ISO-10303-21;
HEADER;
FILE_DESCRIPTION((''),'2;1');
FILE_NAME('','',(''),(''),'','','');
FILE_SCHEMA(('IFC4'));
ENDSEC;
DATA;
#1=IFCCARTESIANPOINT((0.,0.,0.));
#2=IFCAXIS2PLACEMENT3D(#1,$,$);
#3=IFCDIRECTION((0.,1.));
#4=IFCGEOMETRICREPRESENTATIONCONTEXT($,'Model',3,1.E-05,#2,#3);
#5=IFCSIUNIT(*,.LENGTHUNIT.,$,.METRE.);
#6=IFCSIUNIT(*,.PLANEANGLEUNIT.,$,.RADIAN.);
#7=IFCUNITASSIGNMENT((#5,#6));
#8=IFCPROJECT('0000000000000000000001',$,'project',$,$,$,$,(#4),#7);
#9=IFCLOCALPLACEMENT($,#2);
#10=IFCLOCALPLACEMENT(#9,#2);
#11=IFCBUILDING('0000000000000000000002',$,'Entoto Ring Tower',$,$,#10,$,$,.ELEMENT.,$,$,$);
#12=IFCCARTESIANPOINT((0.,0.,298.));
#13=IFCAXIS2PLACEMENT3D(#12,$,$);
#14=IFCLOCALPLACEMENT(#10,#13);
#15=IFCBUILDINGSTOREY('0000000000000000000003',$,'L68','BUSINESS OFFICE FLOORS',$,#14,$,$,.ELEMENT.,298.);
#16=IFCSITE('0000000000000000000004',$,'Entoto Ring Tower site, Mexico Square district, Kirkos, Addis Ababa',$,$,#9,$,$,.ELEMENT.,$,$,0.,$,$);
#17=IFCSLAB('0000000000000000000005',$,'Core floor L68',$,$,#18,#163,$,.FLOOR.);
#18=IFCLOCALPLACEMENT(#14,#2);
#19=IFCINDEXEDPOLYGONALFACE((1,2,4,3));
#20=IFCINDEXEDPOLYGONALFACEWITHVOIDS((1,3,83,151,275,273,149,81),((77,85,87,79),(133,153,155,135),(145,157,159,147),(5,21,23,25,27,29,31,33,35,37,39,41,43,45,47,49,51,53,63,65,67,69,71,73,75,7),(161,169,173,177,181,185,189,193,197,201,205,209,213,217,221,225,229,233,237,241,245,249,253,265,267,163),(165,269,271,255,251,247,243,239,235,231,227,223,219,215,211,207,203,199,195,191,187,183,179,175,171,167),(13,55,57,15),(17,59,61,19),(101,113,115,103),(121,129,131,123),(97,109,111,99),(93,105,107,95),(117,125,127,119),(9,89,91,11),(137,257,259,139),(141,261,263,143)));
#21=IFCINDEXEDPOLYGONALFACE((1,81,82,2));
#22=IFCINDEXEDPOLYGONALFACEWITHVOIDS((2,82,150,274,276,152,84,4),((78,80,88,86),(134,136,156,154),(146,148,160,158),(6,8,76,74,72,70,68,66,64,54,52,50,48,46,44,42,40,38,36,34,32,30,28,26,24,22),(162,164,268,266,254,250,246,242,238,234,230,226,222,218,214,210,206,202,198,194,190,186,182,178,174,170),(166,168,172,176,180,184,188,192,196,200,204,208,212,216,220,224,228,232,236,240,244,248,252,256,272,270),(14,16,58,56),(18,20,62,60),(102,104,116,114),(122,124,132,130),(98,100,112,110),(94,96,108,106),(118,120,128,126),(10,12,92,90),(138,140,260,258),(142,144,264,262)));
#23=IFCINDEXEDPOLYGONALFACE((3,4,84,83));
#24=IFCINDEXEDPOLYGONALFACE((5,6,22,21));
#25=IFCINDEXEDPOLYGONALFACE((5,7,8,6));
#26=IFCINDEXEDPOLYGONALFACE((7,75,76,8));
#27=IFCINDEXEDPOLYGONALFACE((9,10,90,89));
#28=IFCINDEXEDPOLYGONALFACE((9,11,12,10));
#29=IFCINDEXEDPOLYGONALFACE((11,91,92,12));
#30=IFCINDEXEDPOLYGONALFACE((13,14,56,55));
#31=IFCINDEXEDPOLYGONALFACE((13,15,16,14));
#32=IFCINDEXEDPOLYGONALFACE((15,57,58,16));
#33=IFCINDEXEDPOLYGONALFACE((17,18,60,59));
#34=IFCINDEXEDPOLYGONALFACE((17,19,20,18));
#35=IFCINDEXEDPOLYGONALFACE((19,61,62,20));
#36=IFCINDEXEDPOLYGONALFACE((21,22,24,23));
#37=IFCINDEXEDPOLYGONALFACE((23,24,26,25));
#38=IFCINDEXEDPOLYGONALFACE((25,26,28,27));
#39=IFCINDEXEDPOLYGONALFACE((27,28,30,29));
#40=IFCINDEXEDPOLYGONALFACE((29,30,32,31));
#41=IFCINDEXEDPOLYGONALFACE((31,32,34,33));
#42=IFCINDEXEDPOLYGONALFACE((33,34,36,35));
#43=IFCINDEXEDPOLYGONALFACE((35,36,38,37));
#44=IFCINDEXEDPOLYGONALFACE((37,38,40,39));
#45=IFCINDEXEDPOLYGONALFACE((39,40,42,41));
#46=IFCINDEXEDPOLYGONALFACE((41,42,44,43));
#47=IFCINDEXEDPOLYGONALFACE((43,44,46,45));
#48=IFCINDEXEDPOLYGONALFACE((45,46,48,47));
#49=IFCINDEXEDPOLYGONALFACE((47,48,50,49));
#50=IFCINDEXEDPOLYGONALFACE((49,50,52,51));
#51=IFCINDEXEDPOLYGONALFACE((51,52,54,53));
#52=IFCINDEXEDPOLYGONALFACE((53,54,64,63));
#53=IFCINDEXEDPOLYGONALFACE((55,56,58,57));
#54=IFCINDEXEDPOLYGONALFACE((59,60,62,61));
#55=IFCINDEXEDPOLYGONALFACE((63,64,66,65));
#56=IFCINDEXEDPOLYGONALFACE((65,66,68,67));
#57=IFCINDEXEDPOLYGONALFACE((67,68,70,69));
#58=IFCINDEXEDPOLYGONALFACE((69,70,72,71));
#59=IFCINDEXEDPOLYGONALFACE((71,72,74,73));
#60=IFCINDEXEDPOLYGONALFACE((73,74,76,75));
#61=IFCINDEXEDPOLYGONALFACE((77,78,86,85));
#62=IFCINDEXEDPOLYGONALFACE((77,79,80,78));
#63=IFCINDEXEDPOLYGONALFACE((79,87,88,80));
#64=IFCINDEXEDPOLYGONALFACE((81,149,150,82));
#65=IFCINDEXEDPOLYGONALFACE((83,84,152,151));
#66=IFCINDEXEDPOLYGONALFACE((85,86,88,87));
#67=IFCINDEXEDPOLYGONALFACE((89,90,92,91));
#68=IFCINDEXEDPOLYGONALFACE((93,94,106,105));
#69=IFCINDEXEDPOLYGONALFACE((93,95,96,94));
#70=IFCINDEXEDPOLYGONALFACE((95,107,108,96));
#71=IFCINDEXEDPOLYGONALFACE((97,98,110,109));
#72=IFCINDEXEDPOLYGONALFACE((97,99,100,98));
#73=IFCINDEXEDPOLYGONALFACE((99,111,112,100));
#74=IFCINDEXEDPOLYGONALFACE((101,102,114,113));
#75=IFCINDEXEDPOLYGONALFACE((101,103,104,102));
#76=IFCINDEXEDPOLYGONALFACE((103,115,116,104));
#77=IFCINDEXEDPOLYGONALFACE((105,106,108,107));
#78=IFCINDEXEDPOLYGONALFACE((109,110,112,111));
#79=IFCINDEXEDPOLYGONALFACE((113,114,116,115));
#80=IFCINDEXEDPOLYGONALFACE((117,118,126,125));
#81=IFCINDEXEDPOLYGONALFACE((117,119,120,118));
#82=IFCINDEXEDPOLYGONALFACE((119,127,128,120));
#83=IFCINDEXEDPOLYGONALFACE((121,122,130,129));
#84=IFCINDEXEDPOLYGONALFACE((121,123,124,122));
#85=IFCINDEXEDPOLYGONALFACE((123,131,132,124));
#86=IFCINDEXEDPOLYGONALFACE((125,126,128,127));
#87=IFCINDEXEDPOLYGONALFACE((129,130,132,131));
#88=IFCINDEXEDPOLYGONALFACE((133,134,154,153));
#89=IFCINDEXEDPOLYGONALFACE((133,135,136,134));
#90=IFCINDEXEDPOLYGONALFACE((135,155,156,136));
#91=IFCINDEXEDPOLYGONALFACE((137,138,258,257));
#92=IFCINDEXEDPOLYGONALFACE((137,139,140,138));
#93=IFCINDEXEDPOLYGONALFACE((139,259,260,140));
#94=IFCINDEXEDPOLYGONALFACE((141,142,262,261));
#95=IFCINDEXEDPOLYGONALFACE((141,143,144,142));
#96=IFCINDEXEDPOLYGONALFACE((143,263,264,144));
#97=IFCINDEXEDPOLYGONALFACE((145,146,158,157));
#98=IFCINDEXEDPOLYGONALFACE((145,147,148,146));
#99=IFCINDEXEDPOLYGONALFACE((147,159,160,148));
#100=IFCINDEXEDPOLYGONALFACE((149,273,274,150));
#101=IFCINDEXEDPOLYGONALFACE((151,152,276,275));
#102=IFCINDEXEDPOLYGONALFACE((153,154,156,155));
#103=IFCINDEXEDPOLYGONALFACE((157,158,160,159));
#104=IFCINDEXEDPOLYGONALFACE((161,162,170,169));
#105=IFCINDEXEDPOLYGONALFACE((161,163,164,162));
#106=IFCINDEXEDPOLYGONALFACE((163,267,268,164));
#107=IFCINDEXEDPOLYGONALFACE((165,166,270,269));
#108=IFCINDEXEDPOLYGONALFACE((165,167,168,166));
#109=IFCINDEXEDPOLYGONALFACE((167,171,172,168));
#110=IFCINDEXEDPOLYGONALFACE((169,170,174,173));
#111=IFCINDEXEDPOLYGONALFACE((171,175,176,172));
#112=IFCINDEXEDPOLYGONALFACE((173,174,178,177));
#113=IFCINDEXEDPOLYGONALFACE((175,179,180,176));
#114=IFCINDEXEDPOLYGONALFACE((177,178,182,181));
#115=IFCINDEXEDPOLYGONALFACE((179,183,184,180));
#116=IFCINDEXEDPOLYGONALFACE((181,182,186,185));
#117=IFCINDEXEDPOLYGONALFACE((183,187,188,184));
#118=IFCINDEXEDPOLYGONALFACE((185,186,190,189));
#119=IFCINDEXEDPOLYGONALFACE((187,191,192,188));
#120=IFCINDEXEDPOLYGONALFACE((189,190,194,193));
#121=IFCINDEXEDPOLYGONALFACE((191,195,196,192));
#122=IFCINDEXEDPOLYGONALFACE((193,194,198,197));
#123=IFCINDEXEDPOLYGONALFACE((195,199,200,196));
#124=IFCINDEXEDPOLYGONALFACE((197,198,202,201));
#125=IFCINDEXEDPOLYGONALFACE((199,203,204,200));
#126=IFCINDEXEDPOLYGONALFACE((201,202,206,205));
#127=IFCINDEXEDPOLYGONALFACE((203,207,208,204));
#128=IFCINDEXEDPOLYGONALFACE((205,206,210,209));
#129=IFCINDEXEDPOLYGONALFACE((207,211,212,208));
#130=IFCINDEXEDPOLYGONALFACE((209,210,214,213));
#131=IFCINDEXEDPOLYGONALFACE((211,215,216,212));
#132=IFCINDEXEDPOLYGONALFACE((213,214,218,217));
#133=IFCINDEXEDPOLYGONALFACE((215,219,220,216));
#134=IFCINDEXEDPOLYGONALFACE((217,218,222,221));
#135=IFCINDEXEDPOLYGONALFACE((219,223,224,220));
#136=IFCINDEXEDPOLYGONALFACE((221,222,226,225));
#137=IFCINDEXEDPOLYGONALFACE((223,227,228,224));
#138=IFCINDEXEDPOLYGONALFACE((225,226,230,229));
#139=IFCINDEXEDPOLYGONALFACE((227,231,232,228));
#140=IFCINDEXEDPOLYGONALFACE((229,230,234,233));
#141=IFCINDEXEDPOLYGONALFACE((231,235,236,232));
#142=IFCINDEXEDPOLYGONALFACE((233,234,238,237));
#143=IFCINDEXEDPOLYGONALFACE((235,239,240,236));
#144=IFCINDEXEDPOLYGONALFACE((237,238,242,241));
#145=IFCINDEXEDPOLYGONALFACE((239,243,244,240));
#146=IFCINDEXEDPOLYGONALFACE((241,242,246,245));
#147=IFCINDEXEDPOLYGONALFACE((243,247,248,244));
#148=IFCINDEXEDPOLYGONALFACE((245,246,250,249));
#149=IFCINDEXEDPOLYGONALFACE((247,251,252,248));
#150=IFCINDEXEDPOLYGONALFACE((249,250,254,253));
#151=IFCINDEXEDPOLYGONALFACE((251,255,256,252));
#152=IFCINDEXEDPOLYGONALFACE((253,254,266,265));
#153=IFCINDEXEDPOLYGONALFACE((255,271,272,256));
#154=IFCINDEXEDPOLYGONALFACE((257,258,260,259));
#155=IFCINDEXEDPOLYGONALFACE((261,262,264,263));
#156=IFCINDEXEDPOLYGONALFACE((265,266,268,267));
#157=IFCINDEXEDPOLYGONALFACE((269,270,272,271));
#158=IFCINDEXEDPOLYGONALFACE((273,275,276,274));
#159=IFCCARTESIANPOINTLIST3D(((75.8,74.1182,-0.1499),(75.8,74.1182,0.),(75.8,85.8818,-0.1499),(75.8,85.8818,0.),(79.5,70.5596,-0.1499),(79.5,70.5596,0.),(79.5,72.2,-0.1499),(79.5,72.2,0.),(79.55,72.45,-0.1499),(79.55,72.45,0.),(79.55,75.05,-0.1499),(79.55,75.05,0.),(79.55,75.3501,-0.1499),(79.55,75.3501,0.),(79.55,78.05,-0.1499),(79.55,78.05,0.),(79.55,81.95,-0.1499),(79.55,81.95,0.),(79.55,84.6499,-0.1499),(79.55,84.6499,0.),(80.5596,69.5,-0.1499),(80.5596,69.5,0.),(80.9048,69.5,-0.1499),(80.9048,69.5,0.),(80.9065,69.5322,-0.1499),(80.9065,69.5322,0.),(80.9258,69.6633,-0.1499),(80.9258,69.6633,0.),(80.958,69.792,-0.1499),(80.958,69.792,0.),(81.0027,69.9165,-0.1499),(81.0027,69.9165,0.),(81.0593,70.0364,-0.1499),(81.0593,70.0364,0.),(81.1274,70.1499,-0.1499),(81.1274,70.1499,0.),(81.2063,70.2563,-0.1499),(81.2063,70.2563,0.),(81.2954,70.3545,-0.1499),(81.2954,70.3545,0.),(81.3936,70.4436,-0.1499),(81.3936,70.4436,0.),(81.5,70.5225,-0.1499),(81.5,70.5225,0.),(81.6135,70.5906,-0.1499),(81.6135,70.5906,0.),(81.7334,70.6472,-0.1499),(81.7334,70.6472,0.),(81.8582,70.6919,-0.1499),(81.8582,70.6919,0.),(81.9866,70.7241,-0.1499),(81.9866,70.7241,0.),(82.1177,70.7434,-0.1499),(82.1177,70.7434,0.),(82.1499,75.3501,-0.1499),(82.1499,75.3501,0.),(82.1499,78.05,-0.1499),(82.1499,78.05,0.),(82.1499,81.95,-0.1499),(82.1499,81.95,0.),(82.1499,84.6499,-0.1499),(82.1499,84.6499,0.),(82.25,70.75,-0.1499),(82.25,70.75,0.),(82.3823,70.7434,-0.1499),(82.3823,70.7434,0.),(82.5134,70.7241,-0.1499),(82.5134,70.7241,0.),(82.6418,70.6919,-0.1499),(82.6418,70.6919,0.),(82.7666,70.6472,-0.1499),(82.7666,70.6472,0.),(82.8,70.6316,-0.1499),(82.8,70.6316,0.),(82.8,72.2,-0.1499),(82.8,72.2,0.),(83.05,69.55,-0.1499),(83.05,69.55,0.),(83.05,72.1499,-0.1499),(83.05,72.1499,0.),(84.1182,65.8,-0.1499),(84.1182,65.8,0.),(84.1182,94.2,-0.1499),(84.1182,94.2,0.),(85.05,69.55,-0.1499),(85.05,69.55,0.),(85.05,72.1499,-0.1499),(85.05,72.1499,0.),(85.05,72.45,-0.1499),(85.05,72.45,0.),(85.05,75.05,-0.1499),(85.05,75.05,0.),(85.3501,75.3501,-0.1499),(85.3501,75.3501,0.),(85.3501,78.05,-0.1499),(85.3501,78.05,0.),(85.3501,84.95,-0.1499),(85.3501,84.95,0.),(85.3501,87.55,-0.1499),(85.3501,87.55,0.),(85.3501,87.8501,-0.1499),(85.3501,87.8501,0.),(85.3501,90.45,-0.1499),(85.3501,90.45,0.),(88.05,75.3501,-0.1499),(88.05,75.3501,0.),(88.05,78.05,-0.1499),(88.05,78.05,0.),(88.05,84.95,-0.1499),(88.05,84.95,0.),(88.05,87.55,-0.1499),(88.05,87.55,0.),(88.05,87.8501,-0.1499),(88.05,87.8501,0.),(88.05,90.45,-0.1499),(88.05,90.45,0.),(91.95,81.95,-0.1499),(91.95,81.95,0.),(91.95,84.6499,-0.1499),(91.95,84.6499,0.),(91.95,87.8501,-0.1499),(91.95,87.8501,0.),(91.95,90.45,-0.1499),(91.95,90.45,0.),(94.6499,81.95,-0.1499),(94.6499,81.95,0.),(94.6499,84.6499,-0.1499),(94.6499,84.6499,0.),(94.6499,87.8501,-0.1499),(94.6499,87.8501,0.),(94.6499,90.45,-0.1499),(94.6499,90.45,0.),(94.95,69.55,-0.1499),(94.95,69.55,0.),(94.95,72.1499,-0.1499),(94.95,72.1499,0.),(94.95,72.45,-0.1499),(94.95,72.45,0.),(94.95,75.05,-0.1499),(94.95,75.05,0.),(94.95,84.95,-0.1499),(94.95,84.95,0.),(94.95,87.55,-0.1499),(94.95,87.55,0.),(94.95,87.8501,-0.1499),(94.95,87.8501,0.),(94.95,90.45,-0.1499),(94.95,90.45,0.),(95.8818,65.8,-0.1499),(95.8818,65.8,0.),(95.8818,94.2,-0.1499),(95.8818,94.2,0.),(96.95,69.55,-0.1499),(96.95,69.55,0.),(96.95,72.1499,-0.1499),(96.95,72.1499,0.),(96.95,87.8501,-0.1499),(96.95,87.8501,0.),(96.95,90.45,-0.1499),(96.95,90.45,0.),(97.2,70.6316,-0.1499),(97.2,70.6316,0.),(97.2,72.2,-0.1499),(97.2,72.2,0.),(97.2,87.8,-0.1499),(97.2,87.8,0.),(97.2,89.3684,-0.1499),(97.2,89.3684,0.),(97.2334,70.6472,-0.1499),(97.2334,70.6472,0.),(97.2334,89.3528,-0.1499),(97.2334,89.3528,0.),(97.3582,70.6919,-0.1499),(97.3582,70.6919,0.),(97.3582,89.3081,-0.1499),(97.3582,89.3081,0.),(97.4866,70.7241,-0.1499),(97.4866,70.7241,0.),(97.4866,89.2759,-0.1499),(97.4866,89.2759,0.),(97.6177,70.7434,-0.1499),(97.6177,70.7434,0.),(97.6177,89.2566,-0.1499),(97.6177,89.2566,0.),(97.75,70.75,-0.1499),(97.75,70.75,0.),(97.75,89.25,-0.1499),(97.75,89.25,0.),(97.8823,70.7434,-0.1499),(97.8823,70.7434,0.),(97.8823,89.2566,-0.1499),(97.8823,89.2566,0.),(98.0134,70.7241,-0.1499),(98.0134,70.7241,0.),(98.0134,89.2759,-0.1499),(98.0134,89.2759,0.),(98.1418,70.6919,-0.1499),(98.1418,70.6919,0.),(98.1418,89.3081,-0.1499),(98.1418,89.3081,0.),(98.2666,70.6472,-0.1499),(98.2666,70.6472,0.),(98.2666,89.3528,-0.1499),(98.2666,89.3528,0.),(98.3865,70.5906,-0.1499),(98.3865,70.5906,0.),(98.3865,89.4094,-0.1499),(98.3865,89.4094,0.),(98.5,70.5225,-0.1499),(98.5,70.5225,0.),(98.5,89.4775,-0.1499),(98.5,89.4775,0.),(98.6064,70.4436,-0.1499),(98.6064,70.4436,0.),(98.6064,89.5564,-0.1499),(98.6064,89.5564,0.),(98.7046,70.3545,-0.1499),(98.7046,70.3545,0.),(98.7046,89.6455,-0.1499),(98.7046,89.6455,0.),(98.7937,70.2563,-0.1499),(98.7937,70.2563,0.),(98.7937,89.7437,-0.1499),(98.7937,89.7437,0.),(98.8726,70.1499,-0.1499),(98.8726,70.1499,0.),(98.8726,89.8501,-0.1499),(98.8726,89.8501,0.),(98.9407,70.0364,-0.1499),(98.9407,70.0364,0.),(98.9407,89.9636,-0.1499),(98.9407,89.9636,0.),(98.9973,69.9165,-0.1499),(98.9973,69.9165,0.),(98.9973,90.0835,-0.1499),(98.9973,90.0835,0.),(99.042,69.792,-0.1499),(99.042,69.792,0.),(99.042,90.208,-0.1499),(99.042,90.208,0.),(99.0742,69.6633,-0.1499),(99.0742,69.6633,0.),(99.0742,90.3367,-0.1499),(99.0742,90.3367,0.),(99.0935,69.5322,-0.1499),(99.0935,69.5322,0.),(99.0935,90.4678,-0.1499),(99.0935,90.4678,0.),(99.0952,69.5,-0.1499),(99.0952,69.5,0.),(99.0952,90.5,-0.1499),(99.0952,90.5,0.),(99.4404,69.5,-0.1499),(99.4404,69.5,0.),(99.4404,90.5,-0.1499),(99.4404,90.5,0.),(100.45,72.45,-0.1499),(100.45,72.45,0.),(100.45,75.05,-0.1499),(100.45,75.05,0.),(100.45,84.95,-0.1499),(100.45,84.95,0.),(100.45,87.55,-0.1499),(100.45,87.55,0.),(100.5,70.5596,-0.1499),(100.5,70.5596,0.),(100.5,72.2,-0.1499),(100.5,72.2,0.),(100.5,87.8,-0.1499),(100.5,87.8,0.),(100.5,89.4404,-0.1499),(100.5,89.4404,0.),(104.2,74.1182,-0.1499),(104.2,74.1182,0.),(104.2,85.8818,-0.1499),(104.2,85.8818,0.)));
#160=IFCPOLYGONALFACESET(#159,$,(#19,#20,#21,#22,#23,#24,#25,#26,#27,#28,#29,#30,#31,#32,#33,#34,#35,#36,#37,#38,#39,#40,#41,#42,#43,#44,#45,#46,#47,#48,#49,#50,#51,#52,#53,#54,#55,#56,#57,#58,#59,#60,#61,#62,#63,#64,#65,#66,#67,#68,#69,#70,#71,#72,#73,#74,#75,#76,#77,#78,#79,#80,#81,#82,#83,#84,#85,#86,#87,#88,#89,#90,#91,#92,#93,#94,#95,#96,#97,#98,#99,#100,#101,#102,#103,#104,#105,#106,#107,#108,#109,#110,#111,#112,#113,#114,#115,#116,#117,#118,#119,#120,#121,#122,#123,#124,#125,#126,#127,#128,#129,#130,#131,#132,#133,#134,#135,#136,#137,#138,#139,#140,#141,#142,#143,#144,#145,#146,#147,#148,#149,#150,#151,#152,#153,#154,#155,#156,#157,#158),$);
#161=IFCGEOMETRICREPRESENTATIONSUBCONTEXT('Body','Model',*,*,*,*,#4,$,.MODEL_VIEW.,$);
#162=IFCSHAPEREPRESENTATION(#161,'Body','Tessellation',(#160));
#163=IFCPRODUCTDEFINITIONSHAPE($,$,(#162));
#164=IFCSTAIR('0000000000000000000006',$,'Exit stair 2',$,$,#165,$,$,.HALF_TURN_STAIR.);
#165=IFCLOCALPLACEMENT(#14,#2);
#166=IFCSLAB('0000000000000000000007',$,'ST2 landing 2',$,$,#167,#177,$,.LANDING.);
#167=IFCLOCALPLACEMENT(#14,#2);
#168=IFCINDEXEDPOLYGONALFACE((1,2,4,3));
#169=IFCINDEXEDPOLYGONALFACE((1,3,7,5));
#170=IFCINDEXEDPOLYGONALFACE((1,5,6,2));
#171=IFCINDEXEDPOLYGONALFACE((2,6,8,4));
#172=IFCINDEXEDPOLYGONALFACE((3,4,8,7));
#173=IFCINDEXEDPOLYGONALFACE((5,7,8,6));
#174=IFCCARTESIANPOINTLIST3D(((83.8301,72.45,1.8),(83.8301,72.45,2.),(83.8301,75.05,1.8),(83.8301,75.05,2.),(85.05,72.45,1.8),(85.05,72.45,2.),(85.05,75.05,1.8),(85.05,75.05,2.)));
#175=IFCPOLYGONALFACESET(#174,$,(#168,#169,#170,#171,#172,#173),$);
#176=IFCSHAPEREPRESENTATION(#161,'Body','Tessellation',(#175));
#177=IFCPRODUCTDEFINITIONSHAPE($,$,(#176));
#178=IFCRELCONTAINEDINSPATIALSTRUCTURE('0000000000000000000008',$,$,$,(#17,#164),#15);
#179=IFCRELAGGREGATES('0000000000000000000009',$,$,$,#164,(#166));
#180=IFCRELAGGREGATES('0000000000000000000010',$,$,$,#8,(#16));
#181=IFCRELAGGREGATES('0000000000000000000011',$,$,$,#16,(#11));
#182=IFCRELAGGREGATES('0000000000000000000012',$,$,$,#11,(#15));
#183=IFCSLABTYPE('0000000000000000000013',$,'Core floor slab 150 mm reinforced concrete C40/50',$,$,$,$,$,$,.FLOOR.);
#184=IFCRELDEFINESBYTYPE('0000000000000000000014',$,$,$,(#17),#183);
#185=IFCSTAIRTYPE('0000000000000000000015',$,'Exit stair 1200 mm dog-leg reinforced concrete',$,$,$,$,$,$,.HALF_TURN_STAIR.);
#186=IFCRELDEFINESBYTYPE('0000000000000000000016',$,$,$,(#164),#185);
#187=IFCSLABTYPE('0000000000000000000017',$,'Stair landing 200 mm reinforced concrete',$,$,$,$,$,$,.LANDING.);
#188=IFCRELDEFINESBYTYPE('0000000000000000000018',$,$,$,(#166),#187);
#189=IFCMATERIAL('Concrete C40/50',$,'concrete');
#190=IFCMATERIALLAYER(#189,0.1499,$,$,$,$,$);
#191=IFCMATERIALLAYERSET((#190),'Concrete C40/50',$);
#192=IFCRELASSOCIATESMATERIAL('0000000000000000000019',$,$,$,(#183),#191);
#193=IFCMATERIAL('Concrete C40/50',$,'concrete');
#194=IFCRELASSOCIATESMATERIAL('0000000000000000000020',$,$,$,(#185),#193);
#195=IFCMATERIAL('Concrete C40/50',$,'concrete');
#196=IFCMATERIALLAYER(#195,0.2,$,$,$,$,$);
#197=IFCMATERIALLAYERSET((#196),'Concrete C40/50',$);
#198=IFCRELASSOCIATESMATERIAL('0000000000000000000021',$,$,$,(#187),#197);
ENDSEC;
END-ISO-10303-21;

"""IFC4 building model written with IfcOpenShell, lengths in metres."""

from ifc_helpers import new_model, si_unit, direction, frame, origin, place, context, subcontext, project, spatial, polyline, outline, extrude, material, layer, layer_set, type_object, element, aggregate, save


model = new_model("IFC4")

# Units and contexts
model_context = context("Model", 3, precision=1e-05, world=origin(), true_north=direction((0.0, 1.0)))
body_context = subcontext(model_context, "Body", "Model", "MODEL_VIEW")
ifc_project = project(units=[si_unit("LENGTHUNIT", "METRE"), si_unit("PLANEANGLEUNIT", "RADIAN")], contexts=[model_context])

# Site, building, storey
site_placement = place(None, origin())
site = spatial("IfcSite", under=ifc_project, at=site_placement, Name="Entoto Ring Tower site, Mexico Square district, Kirkos, Addis Ababa", CompositionType="ELEMENT", RefElevation=0.0)
building_placement = place(site_placement, origin())
building = spatial("IfcBuilding", under=site, at=building_placement, Name="Entoto Ring Tower", CompositionType="ELEMENT")
storey_placement = place(building_placement, frame((0.0, 0.0, 298.0)))
storey = spatial("IfcBuildingStorey", under=building, at=storey_placement, Name="L68", Description="BUSINESS OFFICE FLOORS", CompositionType="ELEMENT", Elevation=298.0)

# Slab
ifc_material_1 = material(Name="Concrete C40/50", Category="concrete")
ifc_layer_1 = layer(ifc_material_1, 0.1499)
ifc_layer_set_1 = layer_set([ifc_layer_1], Name="Concrete C40/50")
slab_type_1 = type_object("IfcSlabType", Name="Core floor slab 150 mm reinforced concrete C40/50", PredefinedType="FLOOR", material=ifc_layer_set_1)
slab_1_placement = place(storey_placement, frame((0.0, 0.0, -0.1499)))
element("IfcSlab", 1, at=slab_1_placement, inside=storey, type_object=slab_type_1, Name="Core floor L68", PredefinedType="FLOOR", context=body_context, shape_type="SweptSolid", body=[
    extrude(outline(polyline([(104.2, 74.1182), (104.2, 85.8818), (95.8818, 94.2), (84.1182, 94.2), (75.8, 85.8818), (75.8, 74.1182), (84.1182, 65.8), (95.8818, 65.8), (104.2, 74.1182)]), holes=[polyline([(100.45, 84.95), (100.45, 87.55), (94.95, 87.55), (94.95, 84.95), (100.45, 84.95)]), polyline([(85.05, 72.45), (85.05, 75.05), (79.55, 75.05), (79.55, 72.45), (85.05, 72.45)]), polyline([(100.45, 72.45), (100.45, 75.05), (94.95, 75.05), (94.95, 72.45), (100.45, 72.45)]), polyline([(94.95, 90.45), (94.95, 87.8501), (96.95, 87.8501), (96.95, 90.45), (94.95, 90.45)]), polyline([(94.95, 72.1499), (94.95, 69.55), (96.95, 69.55), (96.95, 72.1499), (94.95, 72.1499)]), polyline([(83.05, 72.1499), (83.05, 69.55), (85.05, 69.55), (85.05, 72.1499), (83.05, 72.1499)]), polyline([(79.55, 81.95), (82.1499, 81.95), (82.1499, 84.6499), (79.55, 84.6499), (79.55, 81.95)]), polyline([(79.55, 75.3501), (82.1499, 75.3501), (82.1499, 78.05), (79.55, 78.05), (79.55, 75.3501)]), polyline([(91.95, 87.8501), (94.6499, 87.8501), (94.6499, 90.45), (91.95, 90.45), (91.95, 87.8501)]), polyline([(91.95, 81.95), (94.6499, 81.95), (94.6499, 84.6499), (91.95, 84.6499), (91.95, 81.95)]), polyline([(85.3501, 75.3501), (88.05, 75.3501), (88.05, 78.05), (85.3501, 78.05), (85.3501, 75.3501)]), polyline([(85.3501, 84.95), (88.05, 84.95), (88.05, 87.55), (85.3501, 87.55), (85.3501, 84.95)]), polyline([(85.3501, 87.8501), (88.05, 87.8501), (88.05, 90.45), (85.3501, 90.45), (85.3501, 87.8501)]), polyline([(97.2, 89.3684), (97.2, 87.8), (100.5, 87.8), (100.5, 89.4404), (99.4404, 90.5), (99.0952, 90.5), (99.0935, 90.4678), (99.0742, 90.3367), (99.042, 90.208), (98.9973, 90.0835), (98.9407, 89.9636), (98.8726, 89.8501), (98.7937, 89.7437), (98.7046, 89.6455), (98.6064, 89.5564), (98.5, 89.4775), (98.3865, 89.4094), (98.2666, 89.3528), (98.1418, 89.3081), (98.0134, 89.2759), (97.8823, 89.2566), (97.75, 89.25), (97.6177, 89.2566), (97.4866, 89.2759), (97.3582, 89.3081), (97.2334, 89.3528), (97.2, 89.3684)]), polyline([(80.5596, 69.5), (80.9048, 69.5), (80.9065, 69.5322), (80.9258, 69.6633), (80.958, 69.792), (81.0027, 69.9165), (81.0593, 70.0364), (81.1274, 70.1499), (81.2063, 70.2563), (81.2954, 70.3545), (81.3936, 70.4436), (81.5, 70.5225), (81.6135, 70.5906), (81.7334, 70.6472), (81.8582, 70.6919), (81.9866, 70.7241), (82.1177, 70.7434), (82.25, 70.75), (82.3823, 70.7434), (82.5134, 70.7241), (82.6418, 70.6919), (82.7666, 70.6472), (82.8, 70.6316), (82.8, 72.2), (79.5, 72.2), (79.5, 70.5596), (80.5596, 69.5)]), polyline([(99.0952, 69.5), (99.4404, 69.5), (100.5, 70.5596), (100.5, 72.2), (97.2, 72.2), (97.2, 70.6316), (97.2334, 70.6472), (97.3582, 70.6919), (97.4866, 70.7241), (97.6177, 70.7434), (97.75, 70.75), (97.8823, 70.7434), (98.0134, 70.7241), (98.1418, 70.6919), (98.2666, 70.6472), (98.3865, 70.5906), (98.5, 70.5225), (98.6064, 70.4436), (98.7046, 70.3545), (98.7937, 70.2563), (98.8726, 70.1499), (98.9407, 70.0364), (98.9973, 69.9165), (99.042, 69.792), (99.0742, 69.6633), (99.0935, 69.5322), (99.0952, 69.5)])]), origin(), (0.0, 0.0, 1.0), 0.1499),
])

# Stair, slab
ifc_material_2 = material(Name="Concrete C40/50", Category="concrete")
stair_type = type_object("IfcStairType", Name="Exit stair 1200 mm dog-leg reinforced concrete", PredefinedType="HALF_TURN_STAIR", material=ifc_material_2)
stair_1_placement = place(storey_placement, origin())
stair_1 = element("IfcStair", 2, at=stair_1_placement, inside=storey, type_object=stair_type, Name="Exit stair 2", PredefinedType="HALF_TURN_STAIR")
ifc_material_3 = material(Name="Concrete C40/50", Category="concrete")
ifc_layer_2 = layer(ifc_material_3, 0.2)
ifc_layer_set_2 = layer_set([ifc_layer_2], Name="Concrete C40/50")
slab_type_2 = type_object("IfcSlabType", Name="Stair landing 200 mm reinforced concrete", PredefinedType="LANDING", material=ifc_layer_set_2)
slab_2_placement = place(storey_placement, frame((0.0, 0.0, 1.8)))
slab_2 = element("IfcSlab", 3, at=slab_2_placement, type_object=slab_type_2, Name="ST2 landing 2", PredefinedType="LANDING", context=body_context, shape_type="SweptSolid", body=[
    extrude(outline(polyline([(83.8301, 72.45), (85.05, 72.45), (85.05, 75.05), (83.8301, 75.05), (83.8301, 72.45)])), origin(), (0.0, 0.0, 1.0), 0.2),
])
aggregate(stair_1, [slab_2])

save(model, "model.ifc")
